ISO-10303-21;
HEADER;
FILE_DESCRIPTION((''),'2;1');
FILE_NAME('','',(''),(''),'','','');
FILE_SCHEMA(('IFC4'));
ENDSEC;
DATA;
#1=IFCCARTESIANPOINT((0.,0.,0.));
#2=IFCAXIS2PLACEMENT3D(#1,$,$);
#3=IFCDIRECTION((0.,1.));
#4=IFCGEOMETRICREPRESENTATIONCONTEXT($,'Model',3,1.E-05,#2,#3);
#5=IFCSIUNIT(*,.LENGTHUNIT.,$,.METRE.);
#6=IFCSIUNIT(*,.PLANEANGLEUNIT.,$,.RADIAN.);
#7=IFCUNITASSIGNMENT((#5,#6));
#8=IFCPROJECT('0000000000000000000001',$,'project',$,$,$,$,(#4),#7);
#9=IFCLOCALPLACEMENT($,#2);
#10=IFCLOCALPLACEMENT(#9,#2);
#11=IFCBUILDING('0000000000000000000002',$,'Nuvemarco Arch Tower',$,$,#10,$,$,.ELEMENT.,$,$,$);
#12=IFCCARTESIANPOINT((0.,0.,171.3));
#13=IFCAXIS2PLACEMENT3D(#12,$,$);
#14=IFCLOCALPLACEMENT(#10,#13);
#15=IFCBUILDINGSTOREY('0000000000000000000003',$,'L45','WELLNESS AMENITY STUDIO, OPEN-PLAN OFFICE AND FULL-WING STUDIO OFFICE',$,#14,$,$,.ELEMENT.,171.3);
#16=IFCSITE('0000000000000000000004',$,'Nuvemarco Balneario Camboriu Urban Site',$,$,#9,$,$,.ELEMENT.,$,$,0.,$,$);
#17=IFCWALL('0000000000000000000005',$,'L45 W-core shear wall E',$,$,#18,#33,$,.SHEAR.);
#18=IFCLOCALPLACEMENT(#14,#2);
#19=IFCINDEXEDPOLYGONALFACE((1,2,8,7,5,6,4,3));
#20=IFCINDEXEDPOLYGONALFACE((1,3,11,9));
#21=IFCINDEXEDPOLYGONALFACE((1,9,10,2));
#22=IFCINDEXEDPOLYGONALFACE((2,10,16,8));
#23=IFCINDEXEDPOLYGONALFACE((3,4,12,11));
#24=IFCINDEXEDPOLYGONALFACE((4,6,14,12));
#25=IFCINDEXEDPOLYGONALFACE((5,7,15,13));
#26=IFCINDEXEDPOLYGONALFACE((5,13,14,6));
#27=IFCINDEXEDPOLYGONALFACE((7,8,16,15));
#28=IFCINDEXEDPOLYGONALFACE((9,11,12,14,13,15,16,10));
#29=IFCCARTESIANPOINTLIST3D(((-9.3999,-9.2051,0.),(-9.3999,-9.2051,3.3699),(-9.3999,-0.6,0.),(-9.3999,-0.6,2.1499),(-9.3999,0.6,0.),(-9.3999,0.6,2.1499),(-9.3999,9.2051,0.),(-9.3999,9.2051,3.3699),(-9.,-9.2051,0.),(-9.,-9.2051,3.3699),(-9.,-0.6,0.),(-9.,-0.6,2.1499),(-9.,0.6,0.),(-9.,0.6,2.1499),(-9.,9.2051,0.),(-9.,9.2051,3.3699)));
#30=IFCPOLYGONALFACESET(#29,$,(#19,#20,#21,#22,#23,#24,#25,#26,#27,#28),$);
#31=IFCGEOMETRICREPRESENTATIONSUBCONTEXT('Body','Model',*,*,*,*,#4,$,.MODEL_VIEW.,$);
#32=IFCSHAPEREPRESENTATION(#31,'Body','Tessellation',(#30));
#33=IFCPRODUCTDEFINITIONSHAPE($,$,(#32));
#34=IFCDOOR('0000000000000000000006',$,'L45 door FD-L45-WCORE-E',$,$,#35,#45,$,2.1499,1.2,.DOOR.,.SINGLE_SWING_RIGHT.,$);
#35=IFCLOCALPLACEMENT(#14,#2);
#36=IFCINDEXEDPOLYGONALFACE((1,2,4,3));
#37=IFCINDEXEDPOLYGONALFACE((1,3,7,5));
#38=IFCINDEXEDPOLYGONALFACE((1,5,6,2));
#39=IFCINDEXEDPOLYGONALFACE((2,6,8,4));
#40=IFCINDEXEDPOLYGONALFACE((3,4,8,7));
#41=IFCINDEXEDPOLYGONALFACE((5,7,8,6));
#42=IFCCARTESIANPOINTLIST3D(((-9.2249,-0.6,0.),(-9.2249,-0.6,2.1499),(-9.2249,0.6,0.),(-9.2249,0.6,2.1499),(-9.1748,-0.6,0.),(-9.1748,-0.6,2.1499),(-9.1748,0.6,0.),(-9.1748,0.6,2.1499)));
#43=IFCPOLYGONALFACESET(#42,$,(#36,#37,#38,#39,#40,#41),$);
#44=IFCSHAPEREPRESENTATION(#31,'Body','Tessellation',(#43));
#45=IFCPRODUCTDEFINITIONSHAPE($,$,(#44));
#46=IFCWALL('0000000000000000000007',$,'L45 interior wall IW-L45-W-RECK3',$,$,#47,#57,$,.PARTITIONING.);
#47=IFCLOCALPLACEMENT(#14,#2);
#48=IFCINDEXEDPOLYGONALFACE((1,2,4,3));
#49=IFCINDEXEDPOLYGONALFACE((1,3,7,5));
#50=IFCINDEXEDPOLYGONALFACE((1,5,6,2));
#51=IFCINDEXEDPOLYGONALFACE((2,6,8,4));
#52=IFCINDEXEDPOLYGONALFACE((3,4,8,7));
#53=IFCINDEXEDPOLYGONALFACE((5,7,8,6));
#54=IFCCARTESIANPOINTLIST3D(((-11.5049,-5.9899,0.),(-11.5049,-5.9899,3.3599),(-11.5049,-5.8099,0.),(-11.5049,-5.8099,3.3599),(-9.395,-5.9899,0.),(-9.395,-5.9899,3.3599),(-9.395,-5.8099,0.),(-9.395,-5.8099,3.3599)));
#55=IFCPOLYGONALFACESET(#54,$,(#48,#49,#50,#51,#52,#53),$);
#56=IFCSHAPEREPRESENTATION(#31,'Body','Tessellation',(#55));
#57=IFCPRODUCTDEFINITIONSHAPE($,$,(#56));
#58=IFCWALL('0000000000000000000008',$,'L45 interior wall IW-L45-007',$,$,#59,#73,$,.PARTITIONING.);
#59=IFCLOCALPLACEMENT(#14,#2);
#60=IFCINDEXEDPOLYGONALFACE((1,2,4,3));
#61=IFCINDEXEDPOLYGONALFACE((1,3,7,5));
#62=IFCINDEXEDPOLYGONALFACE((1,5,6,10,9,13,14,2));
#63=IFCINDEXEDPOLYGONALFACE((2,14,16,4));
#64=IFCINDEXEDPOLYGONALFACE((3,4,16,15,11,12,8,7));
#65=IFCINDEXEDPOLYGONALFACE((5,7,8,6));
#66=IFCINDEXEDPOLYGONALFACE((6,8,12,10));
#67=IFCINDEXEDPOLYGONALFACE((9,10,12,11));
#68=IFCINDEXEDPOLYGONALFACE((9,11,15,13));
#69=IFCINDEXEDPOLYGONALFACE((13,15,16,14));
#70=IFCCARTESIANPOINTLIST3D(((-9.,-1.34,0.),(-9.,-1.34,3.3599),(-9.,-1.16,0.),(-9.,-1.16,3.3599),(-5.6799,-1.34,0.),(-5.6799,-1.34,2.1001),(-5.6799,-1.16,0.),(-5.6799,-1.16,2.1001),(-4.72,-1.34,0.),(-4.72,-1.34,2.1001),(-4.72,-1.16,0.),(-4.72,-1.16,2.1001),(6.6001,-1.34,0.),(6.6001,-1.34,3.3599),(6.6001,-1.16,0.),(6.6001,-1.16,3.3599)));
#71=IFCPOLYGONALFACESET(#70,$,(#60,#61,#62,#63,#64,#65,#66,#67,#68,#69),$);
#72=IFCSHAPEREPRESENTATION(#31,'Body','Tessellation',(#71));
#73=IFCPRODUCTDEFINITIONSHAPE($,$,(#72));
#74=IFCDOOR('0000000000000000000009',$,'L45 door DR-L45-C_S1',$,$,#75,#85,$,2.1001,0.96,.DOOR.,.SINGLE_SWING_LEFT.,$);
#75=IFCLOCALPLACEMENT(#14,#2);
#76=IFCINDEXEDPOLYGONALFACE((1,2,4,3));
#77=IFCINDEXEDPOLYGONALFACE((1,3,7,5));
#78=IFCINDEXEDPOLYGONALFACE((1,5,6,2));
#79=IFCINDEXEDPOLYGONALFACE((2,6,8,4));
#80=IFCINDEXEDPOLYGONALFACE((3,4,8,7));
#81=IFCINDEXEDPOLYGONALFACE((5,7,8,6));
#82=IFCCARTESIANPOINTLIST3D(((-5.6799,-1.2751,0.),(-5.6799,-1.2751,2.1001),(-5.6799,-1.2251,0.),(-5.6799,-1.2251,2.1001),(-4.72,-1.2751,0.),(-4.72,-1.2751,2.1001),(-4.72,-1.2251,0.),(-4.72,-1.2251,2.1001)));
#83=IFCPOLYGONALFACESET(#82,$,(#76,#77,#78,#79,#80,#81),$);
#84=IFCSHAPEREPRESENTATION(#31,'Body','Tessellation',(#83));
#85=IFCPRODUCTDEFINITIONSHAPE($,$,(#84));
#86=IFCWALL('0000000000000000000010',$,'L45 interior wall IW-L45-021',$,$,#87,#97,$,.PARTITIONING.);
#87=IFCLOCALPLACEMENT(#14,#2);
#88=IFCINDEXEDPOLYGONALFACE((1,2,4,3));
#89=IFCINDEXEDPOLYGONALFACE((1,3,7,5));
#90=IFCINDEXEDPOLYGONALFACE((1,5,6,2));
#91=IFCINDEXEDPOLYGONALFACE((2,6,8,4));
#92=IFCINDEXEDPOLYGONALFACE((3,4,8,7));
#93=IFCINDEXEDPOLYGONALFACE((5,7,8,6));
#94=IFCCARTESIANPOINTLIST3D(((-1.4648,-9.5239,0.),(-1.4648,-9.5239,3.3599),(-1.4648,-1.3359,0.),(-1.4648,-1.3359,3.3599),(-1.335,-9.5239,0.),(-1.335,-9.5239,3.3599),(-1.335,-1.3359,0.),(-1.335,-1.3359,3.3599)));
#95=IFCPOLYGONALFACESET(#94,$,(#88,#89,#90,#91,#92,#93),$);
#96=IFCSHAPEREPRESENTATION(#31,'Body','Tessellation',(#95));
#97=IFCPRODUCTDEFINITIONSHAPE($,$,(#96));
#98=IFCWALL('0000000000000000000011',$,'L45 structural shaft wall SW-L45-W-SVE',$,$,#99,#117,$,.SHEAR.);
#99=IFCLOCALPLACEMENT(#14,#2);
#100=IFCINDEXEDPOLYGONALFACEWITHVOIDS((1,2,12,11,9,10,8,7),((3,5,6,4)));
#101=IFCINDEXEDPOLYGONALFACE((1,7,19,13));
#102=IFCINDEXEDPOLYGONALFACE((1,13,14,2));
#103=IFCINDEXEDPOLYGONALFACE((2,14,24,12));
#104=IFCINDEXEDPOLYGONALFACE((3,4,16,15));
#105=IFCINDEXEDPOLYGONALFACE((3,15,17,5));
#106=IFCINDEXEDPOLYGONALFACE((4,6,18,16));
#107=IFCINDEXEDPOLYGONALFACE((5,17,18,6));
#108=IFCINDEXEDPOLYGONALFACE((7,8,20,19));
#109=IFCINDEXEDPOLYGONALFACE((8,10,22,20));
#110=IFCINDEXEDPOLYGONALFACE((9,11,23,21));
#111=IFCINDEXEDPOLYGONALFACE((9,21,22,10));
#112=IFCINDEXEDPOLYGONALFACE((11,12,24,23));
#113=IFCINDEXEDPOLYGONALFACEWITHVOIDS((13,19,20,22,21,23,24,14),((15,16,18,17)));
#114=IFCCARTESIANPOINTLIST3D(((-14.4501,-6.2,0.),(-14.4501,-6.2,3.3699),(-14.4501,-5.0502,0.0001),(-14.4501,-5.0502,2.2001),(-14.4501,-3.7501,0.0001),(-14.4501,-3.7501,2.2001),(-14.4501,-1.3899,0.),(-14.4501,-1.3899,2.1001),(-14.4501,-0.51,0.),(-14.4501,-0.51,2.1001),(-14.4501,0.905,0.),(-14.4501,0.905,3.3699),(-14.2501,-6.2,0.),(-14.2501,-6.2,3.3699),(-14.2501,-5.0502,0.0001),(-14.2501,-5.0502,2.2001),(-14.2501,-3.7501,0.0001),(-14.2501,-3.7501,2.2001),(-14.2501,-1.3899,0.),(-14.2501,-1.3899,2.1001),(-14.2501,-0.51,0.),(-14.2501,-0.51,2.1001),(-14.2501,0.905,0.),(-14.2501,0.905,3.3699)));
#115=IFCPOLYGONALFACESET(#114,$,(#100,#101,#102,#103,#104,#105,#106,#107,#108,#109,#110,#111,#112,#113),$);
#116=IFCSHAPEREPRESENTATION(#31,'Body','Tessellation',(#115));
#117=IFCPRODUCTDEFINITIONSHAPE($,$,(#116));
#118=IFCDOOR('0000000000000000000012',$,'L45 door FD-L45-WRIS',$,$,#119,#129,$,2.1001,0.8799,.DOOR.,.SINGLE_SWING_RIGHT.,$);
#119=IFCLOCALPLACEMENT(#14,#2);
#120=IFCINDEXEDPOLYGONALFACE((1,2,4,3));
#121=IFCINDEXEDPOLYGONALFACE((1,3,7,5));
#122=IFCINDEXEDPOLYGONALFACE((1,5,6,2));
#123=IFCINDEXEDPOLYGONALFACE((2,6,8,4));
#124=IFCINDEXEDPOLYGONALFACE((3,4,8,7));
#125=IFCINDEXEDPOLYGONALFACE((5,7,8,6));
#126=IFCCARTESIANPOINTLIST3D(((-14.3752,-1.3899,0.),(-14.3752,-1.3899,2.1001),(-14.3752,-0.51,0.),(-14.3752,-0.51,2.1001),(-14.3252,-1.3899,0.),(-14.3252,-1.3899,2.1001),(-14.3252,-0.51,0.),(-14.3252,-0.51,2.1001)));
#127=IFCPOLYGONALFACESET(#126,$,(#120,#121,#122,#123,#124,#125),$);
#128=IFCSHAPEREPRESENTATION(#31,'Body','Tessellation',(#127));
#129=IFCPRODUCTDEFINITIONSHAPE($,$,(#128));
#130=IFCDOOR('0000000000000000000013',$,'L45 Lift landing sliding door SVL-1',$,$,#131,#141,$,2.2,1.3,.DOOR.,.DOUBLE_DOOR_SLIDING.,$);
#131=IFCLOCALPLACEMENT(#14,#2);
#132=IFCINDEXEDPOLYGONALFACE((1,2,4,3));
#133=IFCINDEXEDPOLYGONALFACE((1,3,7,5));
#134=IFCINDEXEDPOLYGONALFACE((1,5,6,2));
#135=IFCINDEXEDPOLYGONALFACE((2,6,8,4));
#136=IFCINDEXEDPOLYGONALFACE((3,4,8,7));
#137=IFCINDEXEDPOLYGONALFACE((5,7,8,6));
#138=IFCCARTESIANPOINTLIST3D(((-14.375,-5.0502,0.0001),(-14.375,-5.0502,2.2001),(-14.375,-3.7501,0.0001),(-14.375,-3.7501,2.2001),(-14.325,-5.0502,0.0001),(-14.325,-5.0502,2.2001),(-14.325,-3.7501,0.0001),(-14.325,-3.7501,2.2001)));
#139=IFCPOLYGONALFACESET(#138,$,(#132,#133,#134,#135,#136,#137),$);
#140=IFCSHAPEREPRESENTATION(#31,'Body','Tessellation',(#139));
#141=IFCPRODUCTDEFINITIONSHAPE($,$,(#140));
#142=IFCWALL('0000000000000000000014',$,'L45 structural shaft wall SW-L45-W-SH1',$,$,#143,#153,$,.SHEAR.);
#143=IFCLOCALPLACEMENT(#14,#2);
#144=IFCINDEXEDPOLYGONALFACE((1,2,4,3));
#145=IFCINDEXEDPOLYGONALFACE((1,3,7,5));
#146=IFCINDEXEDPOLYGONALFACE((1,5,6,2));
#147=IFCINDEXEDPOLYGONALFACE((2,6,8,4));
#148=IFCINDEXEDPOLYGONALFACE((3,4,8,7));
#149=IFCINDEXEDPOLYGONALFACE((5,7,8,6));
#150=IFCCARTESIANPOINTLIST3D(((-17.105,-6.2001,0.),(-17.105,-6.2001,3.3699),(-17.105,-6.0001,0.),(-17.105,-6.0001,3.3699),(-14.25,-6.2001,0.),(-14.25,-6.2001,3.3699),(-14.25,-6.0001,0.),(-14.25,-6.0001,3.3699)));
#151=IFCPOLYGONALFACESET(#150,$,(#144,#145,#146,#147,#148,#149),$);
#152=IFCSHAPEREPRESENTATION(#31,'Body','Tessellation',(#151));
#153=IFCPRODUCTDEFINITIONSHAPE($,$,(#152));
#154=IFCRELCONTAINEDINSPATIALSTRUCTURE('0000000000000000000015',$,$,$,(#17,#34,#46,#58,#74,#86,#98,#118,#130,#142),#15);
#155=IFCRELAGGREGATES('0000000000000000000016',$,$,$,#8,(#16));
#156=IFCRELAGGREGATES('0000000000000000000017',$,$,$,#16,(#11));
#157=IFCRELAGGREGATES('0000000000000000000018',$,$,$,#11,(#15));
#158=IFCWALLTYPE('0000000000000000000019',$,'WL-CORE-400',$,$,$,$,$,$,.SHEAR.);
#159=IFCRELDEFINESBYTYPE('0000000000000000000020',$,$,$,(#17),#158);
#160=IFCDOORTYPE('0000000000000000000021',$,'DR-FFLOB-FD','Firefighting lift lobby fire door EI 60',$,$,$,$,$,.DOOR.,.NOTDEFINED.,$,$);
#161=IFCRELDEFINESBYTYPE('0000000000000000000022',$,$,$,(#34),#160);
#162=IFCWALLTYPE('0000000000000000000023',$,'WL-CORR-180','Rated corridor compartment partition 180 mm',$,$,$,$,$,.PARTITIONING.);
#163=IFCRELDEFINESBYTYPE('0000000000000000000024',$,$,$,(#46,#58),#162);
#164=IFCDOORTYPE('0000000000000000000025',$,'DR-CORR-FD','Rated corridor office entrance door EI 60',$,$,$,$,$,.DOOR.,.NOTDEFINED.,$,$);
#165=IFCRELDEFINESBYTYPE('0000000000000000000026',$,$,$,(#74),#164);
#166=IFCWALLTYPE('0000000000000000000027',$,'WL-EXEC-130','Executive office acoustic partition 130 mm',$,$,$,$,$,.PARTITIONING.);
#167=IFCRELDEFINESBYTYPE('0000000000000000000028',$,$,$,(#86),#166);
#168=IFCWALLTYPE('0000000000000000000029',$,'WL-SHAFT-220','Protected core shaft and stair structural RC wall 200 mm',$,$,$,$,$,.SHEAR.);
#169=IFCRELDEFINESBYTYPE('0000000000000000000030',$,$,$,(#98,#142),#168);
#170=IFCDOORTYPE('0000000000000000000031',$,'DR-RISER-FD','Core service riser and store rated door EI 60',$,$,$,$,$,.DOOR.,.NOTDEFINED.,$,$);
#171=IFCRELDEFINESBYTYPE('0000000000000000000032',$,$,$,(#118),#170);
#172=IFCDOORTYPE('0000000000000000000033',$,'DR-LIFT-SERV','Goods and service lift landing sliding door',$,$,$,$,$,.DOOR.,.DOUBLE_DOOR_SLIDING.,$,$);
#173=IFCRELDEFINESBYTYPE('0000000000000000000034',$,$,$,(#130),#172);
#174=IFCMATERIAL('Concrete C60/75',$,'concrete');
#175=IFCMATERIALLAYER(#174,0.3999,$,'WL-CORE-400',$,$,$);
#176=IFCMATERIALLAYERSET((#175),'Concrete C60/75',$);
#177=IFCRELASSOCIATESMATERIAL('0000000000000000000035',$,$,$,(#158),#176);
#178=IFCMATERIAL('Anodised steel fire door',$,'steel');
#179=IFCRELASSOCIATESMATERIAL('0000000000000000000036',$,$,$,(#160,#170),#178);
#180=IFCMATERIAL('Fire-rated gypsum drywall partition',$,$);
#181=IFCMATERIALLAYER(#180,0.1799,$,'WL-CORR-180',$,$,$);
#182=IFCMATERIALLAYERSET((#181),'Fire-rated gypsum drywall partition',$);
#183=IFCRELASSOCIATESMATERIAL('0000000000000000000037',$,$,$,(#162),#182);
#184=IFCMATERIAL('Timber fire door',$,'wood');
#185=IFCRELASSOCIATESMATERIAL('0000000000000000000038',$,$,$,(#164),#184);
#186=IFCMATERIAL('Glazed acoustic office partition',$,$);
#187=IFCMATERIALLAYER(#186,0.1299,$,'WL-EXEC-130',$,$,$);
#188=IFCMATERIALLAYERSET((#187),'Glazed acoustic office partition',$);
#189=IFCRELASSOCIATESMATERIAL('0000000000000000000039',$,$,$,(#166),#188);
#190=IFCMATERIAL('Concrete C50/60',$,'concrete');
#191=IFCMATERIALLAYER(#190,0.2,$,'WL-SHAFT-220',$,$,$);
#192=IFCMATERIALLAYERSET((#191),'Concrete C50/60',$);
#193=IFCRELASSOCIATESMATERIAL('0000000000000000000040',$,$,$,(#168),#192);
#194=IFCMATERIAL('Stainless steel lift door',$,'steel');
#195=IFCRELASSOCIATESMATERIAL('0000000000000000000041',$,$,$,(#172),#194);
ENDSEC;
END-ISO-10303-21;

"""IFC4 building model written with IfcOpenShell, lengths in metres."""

from ifc_helpers import new_model, si_unit, direction, frame, frame_2d, origin, place, context, subcontext, project, spatial, rectangle, extrude, source, transform, mapped, material, layer, layer_set, type_object, type_shapes, element, fill, save


model = new_model("IFC4")

# Units and contexts
model_context = context("Model", 3, precision=1e-05, world=origin(), true_north=direction((0.0, 1.0)))
body_context = subcontext(model_context, "Body", "Model", "MODEL_VIEW")
ifc_project = project(units=[si_unit("LENGTHUNIT", "METRE"), si_unit("PLANEANGLEUNIT", "RADIAN")], contexts=[model_context])

# Site, building, storey
site_placement = place(None, origin())
site = spatial("IfcSite", under=ifc_project, at=site_placement, Name="Nuvemarco Balneario Camboriu Urban Site", CompositionType="ELEMENT", RefElevation=0.0)
building_placement = place(site_placement, origin())
building = spatial("IfcBuilding", under=site, at=building_placement, Name="Nuvemarco Arch Tower", CompositionType="ELEMENT")
storey_placement = place(building_placement, frame((0.0, 0.0, 171.3)))
storey = spatial("IfcBuildingStorey", under=building, at=storey_placement, Name="L45", Description="WELLNESS AMENITY STUDIO, OPEN-PLAN OFFICE AND FULL-WING STUDIO OFFICE", CompositionType="ELEMENT", Elevation=171.3)

# Shared definitions
ifc_material_1 = material(Name="Concrete C50/60", Category="concrete")

# Shared definitions
ifc_material_2 = material(Name="Concrete C60/75", Category="concrete")
ifc_layer_1 = layer(ifc_material_2, 0.3999, Name="WL-CORE-400")
ifc_layer_set_1 = layer_set([ifc_layer_1], Name="Concrete C60/75")
wall_type_1 = type_object("IfcWallType", Name="WL-CORE-400", PredefinedType="SHEAR", material=ifc_layer_set_1)

# Wall, opening, door
wall_1_placement = place(storey_placement, frame((-9.2, -9.2051, 0.0), z_axis=(0.0, 0.0, 1.0), x_axis=(0.0, 1.0, 0.0)))
wall_1 = element("IfcWall", 1, at=wall_1_placement, inside=storey, type_object=wall_type_1, Name="L45 W-core shear wall E", PredefinedType="SHEAR", context=body_context, shape_type="SweptSolid", body=[
    extrude(rectangle(XDim=18.4102, YDim=0.3999, at=frame_2d((9.2051, 0.0))), origin(), (0.0, 0.0, 1.0), 3.3699),
])
opening_1_placement = place(wall_1_placement, frame((8.605, 0.0, 0.0)))
opening_1 = element("IfcOpeningElement", 2, at=opening_1_placement, cuts=wall_1, PredefinedType="OPENING", context=body_context, shape_type="SweptSolid", body=[
    extrude(rectangle(XDim=1.2, YDim=2.1499, at=frame_2d((0.6001, 1.075))), frame((0.0, 0.21, 0.0), z_axis=(0.0, -1.0, 0.0), x_axis=(1.0, 0.0, 0.0)), (0.0, 0.0, 1.0), 0.4199),
])
ifc_material_3 = material(Name="Anodised steel fire door", Category="steel")
door_type_1 = type_object("IfcDoorType", Name="DR-FFLOB-FD", Description="Firefighting lift lobby fire door EI 60", OperationType="NOTDEFINED", PredefinedType="DOOR", material=ifc_material_3)
shared_shape_1 = source(origin(), body_context, "Body", "SweptSolid", [
    extrude(rectangle(XDim=1.2, YDim=2.1499, at=frame_2d((0.6001, 1.075))), frame((0.0, 0.0249, 0.0), z_axis=(0.0, -1.0, 0.0), x_axis=(1.0, 0.0, 0.0)), (0.0, 0.0, 1.0), 0.05),
])
type_shapes(door_type_1, [shared_shape_1])
door_1_placement = place(opening_1_placement, origin())
door_1 = element("IfcDoor", 3, at=door_1_placement, inside=storey, type_object=door_type_1, Name="L45 door FD-L45-WCORE-E", OperationType="SINGLE_SWING_RIGHT", OverallHeight=2.1499, OverallWidth=1.2, PredefinedType="DOOR", context=body_context, shape_type="MappedRepresentation", body=[
    mapped(shared_shape_1, transform((0.0, 0.0, 0.0), scale=1.0)),
])
fill(opening_1, door_1)

# Wall
ifc_material_4 = material(Name="Fire-rated gypsum drywall partition")
ifc_layer_2 = layer(ifc_material_4, 0.1799, Name="WL-CORR-180")
ifc_layer_set_2 = layer_set([ifc_layer_2], Name="Fire-rated gypsum drywall partition")
wall_type_2 = type_object("IfcWallType", Name="WL-CORR-180", Description="Rated corridor compartment partition 180 mm", PredefinedType="PARTITIONING", material=ifc_layer_set_2)
wall_2_placement = place(storey_placement, frame((-11.5049, -5.8999, 0.0), z_axis=(0.0, 0.0, 1.0), x_axis=(1.0, 0.0, 0.0)))
element("IfcWall", 4, at=wall_2_placement, inside=storey, type_object=wall_type_2, Name="L45 interior wall IW-L45-W-RECK3", PredefinedType="PARTITIONING", context=body_context, shape_type="SweptSolid", body=[
    extrude(rectangle(XDim=2.1099, YDim=0.1799, at=frame_2d((1.0549, 0.0))), origin(), (0.0, 0.0, 1.0), 3.3599),
])

# Wall, opening, door
wall_3_placement = place(storey_placement, frame((-9.0, -1.25, 0.0), z_axis=(0.0, 0.0, 1.0), x_axis=(1.0, 0.0, 0.0)))
wall_3 = element("IfcWall", 5, at=wall_3_placement, inside=storey, type_object=wall_type_2, Name="L45 interior wall IW-L45-007", PredefinedType="PARTITIONING", context=body_context, shape_type="SweptSolid", body=[
    extrude(rectangle(XDim=15.6001, YDim=0.1799, at=frame_2d((7.8, 0.0))), origin(), (0.0, 0.0, 1.0), 3.3599),
])
opening_2_placement = place(wall_3_placement, frame((3.3201, 0.0, 0.0)))
opening_2 = element("IfcOpeningElement", 6, at=opening_2_placement, cuts=wall_3, PredefinedType="OPENING", context=body_context, shape_type="SweptSolid", body=[
    extrude(rectangle(XDim=0.96, YDim=2.1001, at=frame_2d((0.48, 1.05))), frame((0.0, 0.0999, 0.0), z_axis=(0.0, -1.0, 0.0), x_axis=(1.0, 0.0, 0.0)), (0.0, 0.0, 1.0), 0.2),
])
ifc_material_5 = material(Name="Timber fire door", Category="wood")
door_type_2 = type_object("IfcDoorType", Name="DR-CORR-FD", Description="Rated corridor office entrance door EI 60", OperationType="NOTDEFINED", PredefinedType="DOOR", material=ifc_material_5)
shared_shape_2 = source(origin(), body_context, "Body", "SweptSolid", [
    extrude(rectangle(XDim=0.96, YDim=2.1001, at=frame_2d((0.48, 1.05))), frame((0.0, 0.0249, 0.0), z_axis=(0.0, -1.0, 0.0), x_axis=(1.0, 0.0, 0.0)), (0.0, 0.0, 1.0), 0.05),
])
type_shapes(door_type_2, [shared_shape_2])
door_2_placement = place(opening_2_placement, origin())
door_2 = element("IfcDoor", 7, at=door_2_placement, inside=storey, type_object=door_type_2, Name="L45 door DR-L45-C_S1", OperationType="SINGLE_SWING_LEFT", OverallHeight=2.1001, OverallWidth=0.96, PredefinedType="DOOR", context=body_context, shape_type="MappedRepresentation", body=[
    mapped(shared_shape_2, transform((0.0, 0.0, 0.0), scale=1.0)),
])
fill(opening_2, door_2)

# Wall
ifc_material_6 = material(Name="Glazed acoustic office partition")
ifc_layer_3 = layer(ifc_material_6, 0.1299, Name="WL-EXEC-130")
ifc_layer_set_3 = layer_set([ifc_layer_3], Name="Glazed acoustic office partition")
wall_type_3 = type_object("IfcWallType", Name="WL-EXEC-130", Description="Executive office acoustic partition 130 mm", PredefinedType="PARTITIONING", material=ifc_layer_set_3)
wall_4_placement = place(storey_placement, frame((-1.3999, -9.5239, 0.0), z_axis=(0.0, 0.0, 1.0), x_axis=(0.0, 1.0, 0.0)))
element("IfcWall", 8, at=wall_4_placement, inside=storey, type_object=wall_type_3, Name="L45 interior wall IW-L45-021", PredefinedType="PARTITIONING", context=body_context, shape_type="SweptSolid", body=[
    extrude(rectangle(XDim=8.188, YDim=0.1299, at=frame_2d((4.094, 0.0))), origin(), (0.0, 0.0, 1.0), 3.3599),
])

# Shared definitions
ifc_layer_4 = layer(ifc_material_1, 0.2, Name="WL-SHAFT-220")
ifc_layer_set_4 = layer_set([ifc_layer_4], Name="Concrete C50/60")
wall_type_4 = type_object("IfcWallType", Name="WL-SHAFT-220", Description="Protected core shaft and stair structural RC wall 200 mm", PredefinedType="SHEAR", material=ifc_layer_set_4)
ifc_material_7 = material(Name="Stainless steel lift door", Category="steel")

# Wall, openings, doors
wall_5_placement = place(storey_placement, frame((-14.3501, -6.2, 0.0), z_axis=(0.0, 0.0, 1.0), x_axis=(0.0, 1.0, 0.0)))
wall_5 = element("IfcWall", 9, at=wall_5_placement, inside=storey, type_object=wall_type_4, Name="L45 structural shaft wall SW-L45-W-SVE", PredefinedType="SHEAR", context=body_context, shape_type="SweptSolid", body=[
    extrude(rectangle(XDim=7.105, YDim=0.2, at=frame_2d((3.5525, 0.0))), origin(), (0.0, 0.0, 1.0), 3.3699),
])
opening_3_placement = place(wall_5_placement, frame((5.6899, 0.0, 0.0), z_axis=(0.0, 0.0, 1.0), x_axis=(-1.0, 0.0, 0.0)))
opening_3 = element("IfcOpeningElement", 10, at=opening_3_placement, cuts=wall_5, PredefinedType="OPENING", context=body_context, shape_type="SweptSolid", body=[
    extrude(rectangle(XDim=0.8799, YDim=2.1001, at=frame_2d((0.4399, 1.05))), frame((0.0, 0.1099, 0.0), z_axis=(0.0, -1.0, 0.0), x_axis=(1.0, 0.0, 0.0)), (0.0, 0.0, 1.0), 0.22),
])
opening_4_placement = place(wall_5_placement, frame((1.1499, 0.0, 0.0)))
opening_4 = element("IfcOpeningElement", 11, at=opening_4_placement, cuts=wall_5, PredefinedType="OPENING", context=body_context, shape_type="SweptSolid", body=[
    extrude(rectangle(XDim=1.3, YDim=2.2, at=frame_2d((0.6499, 1.1001))), frame((0.0, 0.1099, 0.0), z_axis=(0.0, -1.0, 0.0), x_axis=(1.0, 0.0, 0.0)), (0.0, 0.0, 1.0), 0.22),
])
door_type_3 = type_object("IfcDoorType", Name="DR-RISER-FD", Description="Core service riser and store rated door EI 60", OperationType="NOTDEFINED", PredefinedType="DOOR", material=ifc_material_3)
shared_shape_3 = source(origin(), body_context, "Body", "SweptSolid", [
    extrude(rectangle(XDim=0.8799, YDim=2.1001, at=frame_2d((0.4399, 1.05))), frame((0.0, 0.0249, 0.0), z_axis=(0.0, -1.0, 0.0), x_axis=(1.0, 0.0, 0.0)), (0.0, 0.0, 1.0), 0.05),
])
type_shapes(door_type_3, [shared_shape_3])
door_3_placement = place(opening_3_placement, origin())
door_3 = element("IfcDoor", 12, at=door_3_placement, inside=storey, type_object=door_type_3, Name="L45 door FD-L45-WRIS", OperationType="SINGLE_SWING_RIGHT", OverallHeight=2.1001, OverallWidth=0.8799, PredefinedType="DOOR", context=body_context, shape_type="MappedRepresentation", body=[
    mapped(shared_shape_3, transform((0.0, 0.0, 0.0), scale=1.0)),
])
fill(opening_3, door_3)
door_type_4 = type_object("IfcDoorType", Name="DR-LIFT-SERV", Description="Goods and service lift landing sliding door", OperationType="DOUBLE_DOOR_SLIDING", PredefinedType="DOOR", material=ifc_material_7)
shared_shape_4 = source(origin(), body_context, "Body", "SweptSolid", [
    extrude(rectangle(XDim=1.3, YDim=2.2, at=frame_2d((0.6499, 1.1001))), frame((0.0, 0.0249, 0.0), z_axis=(0.0, -1.0, 0.0), x_axis=(1.0, 0.0, 0.0)), (0.0, 0.0, 1.0), 0.05),
])
type_shapes(door_type_4, [shared_shape_4])
door_4_placement = place(opening_4_placement, origin())
door_4 = element("IfcDoor", 13, at=door_4_placement, inside=storey, type_object=door_type_4, Name="L45 Lift landing sliding door SVL-1", OperationType="DOUBLE_DOOR_SLIDING", OverallHeight=2.2, OverallWidth=1.3, PredefinedType="DOOR", context=body_context, shape_type="MappedRepresentation", body=[
    mapped(shared_shape_4, transform((0.0, 0.0, 0.0), scale=1.0)),
])
fill(opening_4, door_4)

# Wall
wall_6_placement = place(storey_placement, frame((-17.105, -6.1001, 0.0), z_axis=(0.0, 0.0, 1.0), x_axis=(1.0, 0.0, 0.0)))
element("IfcWall", 14, at=wall_6_placement, inside=storey, type_object=wall_type_4, Name="L45 structural shaft wall SW-L45-W-SH1", PredefinedType="SHEAR", context=body_context, shape_type="SweptSolid", body=[
    extrude(rectangle(XDim=2.855, YDim=0.2, at=frame_2d((1.4275, 0.0))), origin(), (0.0, 0.0, 1.0), 3.3699),
])

save(model, "model.ifc")
